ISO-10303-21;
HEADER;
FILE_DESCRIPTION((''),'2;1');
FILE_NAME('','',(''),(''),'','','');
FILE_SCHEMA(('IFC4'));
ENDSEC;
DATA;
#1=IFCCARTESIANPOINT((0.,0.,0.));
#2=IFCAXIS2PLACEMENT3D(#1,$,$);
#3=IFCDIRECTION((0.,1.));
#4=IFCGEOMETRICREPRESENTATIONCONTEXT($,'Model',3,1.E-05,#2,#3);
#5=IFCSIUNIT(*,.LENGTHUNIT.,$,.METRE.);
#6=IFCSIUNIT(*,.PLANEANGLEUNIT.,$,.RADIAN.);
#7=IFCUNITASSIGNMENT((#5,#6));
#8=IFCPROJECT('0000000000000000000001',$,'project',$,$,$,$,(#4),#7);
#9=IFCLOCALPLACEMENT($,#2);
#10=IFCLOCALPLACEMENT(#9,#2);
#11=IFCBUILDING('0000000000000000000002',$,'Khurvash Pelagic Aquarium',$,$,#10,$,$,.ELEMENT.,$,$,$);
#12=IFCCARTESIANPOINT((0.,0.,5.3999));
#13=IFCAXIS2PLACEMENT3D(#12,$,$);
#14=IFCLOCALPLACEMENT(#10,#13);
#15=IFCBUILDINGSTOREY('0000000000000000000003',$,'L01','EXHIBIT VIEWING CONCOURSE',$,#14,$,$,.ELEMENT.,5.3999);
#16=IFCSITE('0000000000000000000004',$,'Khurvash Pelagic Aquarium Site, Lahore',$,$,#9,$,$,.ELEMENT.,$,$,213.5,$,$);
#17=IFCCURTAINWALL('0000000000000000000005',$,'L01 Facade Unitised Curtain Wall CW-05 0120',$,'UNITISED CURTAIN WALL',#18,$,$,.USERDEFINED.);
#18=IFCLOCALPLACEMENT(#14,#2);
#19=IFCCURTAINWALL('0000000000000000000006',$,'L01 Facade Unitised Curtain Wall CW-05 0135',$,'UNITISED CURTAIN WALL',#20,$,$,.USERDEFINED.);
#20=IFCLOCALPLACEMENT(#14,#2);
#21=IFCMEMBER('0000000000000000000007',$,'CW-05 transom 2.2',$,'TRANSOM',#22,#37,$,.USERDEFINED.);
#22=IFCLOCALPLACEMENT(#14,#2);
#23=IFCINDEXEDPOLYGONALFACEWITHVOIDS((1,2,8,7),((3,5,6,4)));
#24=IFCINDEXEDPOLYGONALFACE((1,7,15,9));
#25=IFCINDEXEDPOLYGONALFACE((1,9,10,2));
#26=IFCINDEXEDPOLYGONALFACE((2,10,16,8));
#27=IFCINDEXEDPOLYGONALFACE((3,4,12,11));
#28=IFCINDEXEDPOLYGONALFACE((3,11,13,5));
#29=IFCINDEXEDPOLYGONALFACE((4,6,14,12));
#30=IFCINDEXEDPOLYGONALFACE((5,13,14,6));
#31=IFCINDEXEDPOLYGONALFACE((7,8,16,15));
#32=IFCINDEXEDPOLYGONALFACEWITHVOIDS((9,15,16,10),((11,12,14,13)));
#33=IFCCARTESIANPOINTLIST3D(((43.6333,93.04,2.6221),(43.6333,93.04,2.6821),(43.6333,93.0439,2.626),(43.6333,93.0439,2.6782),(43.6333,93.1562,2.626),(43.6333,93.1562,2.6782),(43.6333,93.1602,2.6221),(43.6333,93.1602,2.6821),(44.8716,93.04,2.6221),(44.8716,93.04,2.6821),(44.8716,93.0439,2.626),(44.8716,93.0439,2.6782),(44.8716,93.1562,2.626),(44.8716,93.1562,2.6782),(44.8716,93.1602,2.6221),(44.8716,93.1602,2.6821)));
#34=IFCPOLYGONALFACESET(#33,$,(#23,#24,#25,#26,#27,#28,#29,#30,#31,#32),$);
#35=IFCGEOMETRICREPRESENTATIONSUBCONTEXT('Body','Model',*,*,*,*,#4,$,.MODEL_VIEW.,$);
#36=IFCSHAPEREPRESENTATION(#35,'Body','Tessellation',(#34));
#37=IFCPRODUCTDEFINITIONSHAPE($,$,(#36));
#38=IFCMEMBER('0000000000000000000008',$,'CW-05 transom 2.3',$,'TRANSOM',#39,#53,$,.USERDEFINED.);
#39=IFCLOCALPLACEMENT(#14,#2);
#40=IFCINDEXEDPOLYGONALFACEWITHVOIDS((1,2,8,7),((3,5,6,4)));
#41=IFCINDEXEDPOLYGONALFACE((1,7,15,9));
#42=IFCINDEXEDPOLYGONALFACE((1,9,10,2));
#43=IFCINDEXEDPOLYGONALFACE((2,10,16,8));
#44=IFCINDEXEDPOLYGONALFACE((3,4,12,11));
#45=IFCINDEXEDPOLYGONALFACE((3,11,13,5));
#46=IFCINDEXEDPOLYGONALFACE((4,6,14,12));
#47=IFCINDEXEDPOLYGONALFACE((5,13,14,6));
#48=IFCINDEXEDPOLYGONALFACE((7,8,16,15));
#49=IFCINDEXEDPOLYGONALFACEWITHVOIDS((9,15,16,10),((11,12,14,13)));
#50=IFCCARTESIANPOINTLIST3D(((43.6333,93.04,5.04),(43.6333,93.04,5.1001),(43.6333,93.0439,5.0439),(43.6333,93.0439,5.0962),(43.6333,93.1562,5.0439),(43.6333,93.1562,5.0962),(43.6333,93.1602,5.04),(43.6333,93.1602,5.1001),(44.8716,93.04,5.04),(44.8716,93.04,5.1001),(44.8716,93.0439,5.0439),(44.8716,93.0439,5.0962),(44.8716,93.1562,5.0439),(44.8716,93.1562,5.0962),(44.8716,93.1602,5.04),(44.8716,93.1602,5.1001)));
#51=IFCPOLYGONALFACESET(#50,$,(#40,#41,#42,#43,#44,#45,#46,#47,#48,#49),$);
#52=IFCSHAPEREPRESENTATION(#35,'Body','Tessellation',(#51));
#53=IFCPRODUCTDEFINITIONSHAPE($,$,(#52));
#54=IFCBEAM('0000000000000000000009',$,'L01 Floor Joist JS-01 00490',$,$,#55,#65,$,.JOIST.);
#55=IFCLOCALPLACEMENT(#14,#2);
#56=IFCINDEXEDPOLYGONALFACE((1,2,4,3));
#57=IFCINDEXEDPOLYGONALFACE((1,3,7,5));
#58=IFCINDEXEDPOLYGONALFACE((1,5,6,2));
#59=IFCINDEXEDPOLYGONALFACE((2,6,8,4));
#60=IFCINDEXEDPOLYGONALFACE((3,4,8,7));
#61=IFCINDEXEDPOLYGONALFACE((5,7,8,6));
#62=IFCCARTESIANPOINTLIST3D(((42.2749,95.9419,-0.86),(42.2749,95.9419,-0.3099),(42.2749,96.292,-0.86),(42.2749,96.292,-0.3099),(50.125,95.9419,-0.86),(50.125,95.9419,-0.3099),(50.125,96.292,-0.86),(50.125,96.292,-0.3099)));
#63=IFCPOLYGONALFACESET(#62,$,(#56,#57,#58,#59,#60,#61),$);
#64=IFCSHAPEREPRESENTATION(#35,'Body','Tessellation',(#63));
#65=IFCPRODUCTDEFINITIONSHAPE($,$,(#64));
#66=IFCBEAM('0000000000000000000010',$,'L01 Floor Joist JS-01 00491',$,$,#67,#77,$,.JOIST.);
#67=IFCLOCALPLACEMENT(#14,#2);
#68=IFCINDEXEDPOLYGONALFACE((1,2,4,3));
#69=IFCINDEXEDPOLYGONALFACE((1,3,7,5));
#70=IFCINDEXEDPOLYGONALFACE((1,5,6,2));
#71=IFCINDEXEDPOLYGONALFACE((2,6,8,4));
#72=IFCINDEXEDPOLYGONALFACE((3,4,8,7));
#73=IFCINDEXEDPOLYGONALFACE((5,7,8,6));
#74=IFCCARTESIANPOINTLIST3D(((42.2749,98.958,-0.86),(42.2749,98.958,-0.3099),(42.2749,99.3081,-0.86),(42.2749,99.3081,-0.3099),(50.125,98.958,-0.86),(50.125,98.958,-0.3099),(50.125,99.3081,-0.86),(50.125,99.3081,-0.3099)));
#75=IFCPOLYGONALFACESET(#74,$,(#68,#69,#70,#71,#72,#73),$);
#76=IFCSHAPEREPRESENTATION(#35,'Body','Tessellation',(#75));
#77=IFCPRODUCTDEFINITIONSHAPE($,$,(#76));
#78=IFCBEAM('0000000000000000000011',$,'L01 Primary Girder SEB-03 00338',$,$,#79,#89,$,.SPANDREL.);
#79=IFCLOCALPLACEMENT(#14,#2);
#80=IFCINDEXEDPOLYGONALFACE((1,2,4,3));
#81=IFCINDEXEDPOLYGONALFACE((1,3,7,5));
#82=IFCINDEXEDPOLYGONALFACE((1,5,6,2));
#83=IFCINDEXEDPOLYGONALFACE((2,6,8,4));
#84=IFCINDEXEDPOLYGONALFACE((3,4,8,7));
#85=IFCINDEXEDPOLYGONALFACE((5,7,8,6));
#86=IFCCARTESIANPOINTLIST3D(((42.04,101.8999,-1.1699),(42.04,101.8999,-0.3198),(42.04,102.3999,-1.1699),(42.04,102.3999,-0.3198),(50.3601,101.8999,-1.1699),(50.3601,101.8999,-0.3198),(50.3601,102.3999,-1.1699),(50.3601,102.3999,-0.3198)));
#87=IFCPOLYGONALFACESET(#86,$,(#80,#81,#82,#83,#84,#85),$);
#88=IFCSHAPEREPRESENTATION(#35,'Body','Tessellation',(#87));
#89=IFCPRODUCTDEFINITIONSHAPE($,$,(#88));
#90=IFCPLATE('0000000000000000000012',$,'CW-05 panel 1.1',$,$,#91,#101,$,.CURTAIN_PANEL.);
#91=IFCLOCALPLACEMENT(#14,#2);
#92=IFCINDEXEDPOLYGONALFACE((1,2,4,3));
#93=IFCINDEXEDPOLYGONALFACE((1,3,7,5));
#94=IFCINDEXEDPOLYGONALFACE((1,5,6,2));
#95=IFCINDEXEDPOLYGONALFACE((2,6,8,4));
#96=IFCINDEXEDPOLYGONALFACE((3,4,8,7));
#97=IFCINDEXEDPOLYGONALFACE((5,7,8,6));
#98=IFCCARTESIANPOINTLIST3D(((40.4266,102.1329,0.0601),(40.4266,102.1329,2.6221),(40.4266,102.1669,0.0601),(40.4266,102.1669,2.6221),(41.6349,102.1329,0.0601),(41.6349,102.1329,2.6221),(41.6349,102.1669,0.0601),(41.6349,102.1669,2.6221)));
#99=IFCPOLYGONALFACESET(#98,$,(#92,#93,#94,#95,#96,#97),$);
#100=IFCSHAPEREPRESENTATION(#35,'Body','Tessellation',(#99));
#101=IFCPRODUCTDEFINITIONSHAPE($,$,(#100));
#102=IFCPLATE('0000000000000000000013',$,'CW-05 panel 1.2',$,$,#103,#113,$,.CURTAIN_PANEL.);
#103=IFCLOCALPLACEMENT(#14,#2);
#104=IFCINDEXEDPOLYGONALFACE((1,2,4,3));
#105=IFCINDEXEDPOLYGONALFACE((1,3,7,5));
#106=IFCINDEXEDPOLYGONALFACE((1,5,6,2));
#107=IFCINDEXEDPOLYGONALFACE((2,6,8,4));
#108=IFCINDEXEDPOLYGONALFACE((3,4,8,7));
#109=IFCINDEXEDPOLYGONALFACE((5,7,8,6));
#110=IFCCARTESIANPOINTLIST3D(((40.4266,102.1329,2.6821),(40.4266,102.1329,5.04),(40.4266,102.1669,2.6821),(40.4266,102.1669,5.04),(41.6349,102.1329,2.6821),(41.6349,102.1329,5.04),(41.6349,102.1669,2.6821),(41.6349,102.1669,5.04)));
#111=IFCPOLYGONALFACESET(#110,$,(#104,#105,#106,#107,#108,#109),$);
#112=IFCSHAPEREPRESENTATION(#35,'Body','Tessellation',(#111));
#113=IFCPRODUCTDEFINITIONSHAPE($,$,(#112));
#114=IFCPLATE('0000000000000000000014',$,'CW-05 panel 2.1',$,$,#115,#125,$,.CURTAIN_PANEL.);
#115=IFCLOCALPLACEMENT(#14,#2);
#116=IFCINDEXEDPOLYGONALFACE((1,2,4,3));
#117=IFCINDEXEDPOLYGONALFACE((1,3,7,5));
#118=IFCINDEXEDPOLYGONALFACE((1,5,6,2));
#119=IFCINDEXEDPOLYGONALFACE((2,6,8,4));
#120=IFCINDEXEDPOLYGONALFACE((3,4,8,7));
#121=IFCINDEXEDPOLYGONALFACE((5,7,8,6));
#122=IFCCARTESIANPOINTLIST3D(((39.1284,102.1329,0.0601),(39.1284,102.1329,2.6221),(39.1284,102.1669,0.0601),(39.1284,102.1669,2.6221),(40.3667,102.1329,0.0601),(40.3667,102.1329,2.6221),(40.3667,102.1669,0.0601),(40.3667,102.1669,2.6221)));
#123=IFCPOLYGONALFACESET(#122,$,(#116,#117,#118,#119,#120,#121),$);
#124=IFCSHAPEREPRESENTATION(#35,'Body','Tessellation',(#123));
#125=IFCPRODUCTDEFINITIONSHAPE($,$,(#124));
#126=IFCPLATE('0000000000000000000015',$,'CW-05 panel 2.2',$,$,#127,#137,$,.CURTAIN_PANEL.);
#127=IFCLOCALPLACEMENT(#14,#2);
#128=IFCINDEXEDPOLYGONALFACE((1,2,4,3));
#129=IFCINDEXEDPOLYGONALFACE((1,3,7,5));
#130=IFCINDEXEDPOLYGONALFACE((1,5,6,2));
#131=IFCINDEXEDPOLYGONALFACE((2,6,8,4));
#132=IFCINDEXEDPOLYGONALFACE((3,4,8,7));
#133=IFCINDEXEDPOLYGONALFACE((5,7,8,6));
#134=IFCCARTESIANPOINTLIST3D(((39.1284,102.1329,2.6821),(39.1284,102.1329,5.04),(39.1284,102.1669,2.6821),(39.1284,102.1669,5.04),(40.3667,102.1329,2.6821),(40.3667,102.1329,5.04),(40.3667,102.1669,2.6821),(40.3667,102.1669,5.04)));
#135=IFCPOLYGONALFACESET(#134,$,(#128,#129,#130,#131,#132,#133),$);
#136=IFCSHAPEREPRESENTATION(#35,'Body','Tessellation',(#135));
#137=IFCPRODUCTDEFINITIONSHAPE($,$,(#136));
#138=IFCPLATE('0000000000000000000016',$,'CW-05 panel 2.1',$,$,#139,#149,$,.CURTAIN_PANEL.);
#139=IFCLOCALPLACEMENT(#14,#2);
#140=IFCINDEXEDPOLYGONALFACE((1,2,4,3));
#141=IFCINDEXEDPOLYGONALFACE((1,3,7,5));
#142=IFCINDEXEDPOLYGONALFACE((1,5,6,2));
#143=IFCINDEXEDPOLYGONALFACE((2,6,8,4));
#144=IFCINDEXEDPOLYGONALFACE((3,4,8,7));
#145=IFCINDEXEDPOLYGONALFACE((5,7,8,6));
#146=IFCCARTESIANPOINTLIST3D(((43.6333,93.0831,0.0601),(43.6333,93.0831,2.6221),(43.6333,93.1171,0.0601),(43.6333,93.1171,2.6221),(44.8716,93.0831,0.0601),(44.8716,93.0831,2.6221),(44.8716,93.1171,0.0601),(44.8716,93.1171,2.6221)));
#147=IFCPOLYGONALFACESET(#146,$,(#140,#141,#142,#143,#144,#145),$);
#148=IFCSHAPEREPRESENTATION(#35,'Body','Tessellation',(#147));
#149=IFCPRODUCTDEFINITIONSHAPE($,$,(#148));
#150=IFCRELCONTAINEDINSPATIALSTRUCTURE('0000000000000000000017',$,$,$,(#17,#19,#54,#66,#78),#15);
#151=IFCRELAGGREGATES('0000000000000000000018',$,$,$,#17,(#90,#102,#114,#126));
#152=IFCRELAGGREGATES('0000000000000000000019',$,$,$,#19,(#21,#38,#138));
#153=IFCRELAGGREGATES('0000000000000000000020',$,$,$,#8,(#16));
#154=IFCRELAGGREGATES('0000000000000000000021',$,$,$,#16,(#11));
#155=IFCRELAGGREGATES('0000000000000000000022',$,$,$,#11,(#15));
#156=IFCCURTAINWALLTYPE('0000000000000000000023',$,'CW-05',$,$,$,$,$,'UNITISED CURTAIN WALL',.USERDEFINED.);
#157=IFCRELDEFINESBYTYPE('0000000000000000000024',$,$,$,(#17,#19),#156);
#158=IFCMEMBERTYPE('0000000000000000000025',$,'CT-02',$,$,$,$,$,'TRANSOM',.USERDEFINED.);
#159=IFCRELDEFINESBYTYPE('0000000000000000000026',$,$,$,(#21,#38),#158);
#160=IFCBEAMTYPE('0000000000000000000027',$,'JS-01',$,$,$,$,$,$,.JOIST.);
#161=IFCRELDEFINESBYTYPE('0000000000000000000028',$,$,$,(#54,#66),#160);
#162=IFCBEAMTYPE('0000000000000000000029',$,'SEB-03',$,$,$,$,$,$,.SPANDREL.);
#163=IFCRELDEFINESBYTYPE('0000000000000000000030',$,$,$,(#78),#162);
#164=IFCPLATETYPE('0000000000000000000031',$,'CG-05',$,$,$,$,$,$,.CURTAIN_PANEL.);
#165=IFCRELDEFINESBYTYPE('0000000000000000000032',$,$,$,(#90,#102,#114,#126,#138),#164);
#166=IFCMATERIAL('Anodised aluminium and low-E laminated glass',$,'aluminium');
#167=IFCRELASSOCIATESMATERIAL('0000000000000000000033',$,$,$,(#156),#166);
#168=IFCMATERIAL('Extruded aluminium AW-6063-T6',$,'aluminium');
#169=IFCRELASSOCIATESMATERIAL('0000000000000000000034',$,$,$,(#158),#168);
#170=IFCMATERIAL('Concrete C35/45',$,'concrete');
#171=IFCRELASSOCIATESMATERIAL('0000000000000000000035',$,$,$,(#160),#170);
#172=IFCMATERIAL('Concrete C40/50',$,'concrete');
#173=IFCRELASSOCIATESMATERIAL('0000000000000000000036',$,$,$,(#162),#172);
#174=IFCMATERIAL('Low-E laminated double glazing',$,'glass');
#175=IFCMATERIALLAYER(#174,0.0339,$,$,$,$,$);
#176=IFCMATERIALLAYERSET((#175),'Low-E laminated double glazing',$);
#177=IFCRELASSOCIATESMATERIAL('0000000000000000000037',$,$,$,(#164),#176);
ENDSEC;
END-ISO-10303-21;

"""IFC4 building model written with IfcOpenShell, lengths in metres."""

from ifc_helpers import new_model, si_unit, direction, frame, origin, origin_2d, place, context, subcontext, project, spatial, rectangle, hollow_rectangle, extrude, material, layer, layer_set, material_profile, profile_set, type_object, element, aggregate, save


model = new_model("IFC4")

# Units and contexts
model_context = context("Model", 3, precision=1e-05, world=origin(), true_north=direction((0.0, 1.0)))
body_context = subcontext(model_context, "Body", "Model", "MODEL_VIEW")
ifc_project = project(units=[si_unit("LENGTHUNIT", "METRE"), si_unit("PLANEANGLEUNIT", "RADIAN")], contexts=[model_context])

# Site, building, storey
site_placement = place(None, origin())
site = spatial("IfcSite", under=ifc_project, at=site_placement, Name="Khurvash Pelagic Aquarium Site, Lahore", CompositionType="ELEMENT", RefElevation=213.5)
building_placement = place(site_placement, origin())
building = spatial("IfcBuilding", under=site, at=building_placement, Name="Khurvash Pelagic Aquarium", CompositionType="ELEMENT")
storey_placement = place(building_placement, frame((0.0, 0.0, 5.3999)))
storey = spatial("IfcBuildingStorey", under=building, at=storey_placement, Name="L01", Description="EXHIBIT VIEWING CONCOURSE", CompositionType="ELEMENT", Elevation=5.3999)

# Shared definitions
ifc_material_1 = material(Name="Concrete C40/50", Category="concrete")

# Curtain walls, members
ifc_material_2 = material(Name="Anodised aluminium and low-E laminated glass", Category="aluminium")
curtain_wall_type = type_object("IfcCurtainWallType", Name="CW-05", ElementType="UNITISED CURTAIN WALL", PredefinedType="USERDEFINED", material=ifc_material_2)
curtain_wall_1_placement = place(storey_placement, origin())
curtain_wall_1 = element("IfcCurtainWall", 1, at=curtain_wall_1_placement, inside=storey, type_object=curtain_wall_type, Name="L01 Facade Unitised Curtain Wall CW-05 0120", ObjectType="UNITISED CURTAIN WALL", PredefinedType="USERDEFINED")
ifc_material_3 = material(Name="Extruded aluminium AW-6063-T6", Category="aluminium")
ifc_material_profile_1 = material_profile(ifc_material_3, hollow_rectangle(XDim=0.1201, YDim=0.0601, WallThickness=0.0039, at=origin_2d()), Name="CWT120X60X4")
ifc_profile_set_1 = profile_set([ifc_material_profile_1], Name="Extruded aluminium AW-6063-T6")
member_type_1 = type_object("IfcMemberType", Name="CT-02", ElementType="TRANSOM", PredefinedType="USERDEFINED", material=ifc_profile_set_1)
curtain_wall_2_placement = place(storey_placement, origin())
curtain_wall_2 = element("IfcCurtainWall", 2, at=curtain_wall_2_placement, inside=storey, type_object=curtain_wall_type, Name="L01 Facade Unitised Curtain Wall CW-05 0135", ObjectType="UNITISED CURTAIN WALL", PredefinedType="USERDEFINED")
member_1_placement = place(storey_placement, frame((43.6333, 93.1001, 2.6521), z_axis=(1.0, 0.0, 0.0), x_axis=(0.0, 1.0, 0.0)))
member_1 = element("IfcMember", 3, at=member_1_placement, type_object=member_type_1, Name="CW-05 transom 2.2", ObjectType="TRANSOM", PredefinedType="USERDEFINED", context=body_context, shape_type="SweptSolid", body=[
    extrude(hollow_rectangle(XDim=0.1201, YDim=0.0601, WallThickness=0.0039, at=origin_2d()), origin(), (0.0, 0.0, 1.0), 1.2383),
])
member_2_placement = place(storey_placement, frame((43.6333, 93.1001, 5.0701), z_axis=(1.0, 0.0, 0.0), x_axis=(0.0, 1.0, 0.0)))
member_2 = element("IfcMember", 4, at=member_2_placement, type_object=member_type_1, Name="CW-05 transom 2.3", ObjectType="TRANSOM", PredefinedType="USERDEFINED", context=body_context, shape_type="SweptSolid", body=[
    extrude(hollow_rectangle(XDim=0.1201, YDim=0.0601, WallThickness=0.0039, at=origin_2d()), origin(), (0.0, 0.0, 1.0), 1.2383),
])

# Beams
ifc_material_4 = material(Name="Concrete C35/45", Category="concrete")
ifc_material_profile_2 = material_profile(ifc_material_4, rectangle(XDim=0.3501, YDim=0.55, at=origin_2d()), Name="RC350X550")
ifc_profile_set_2 = profile_set([ifc_material_profile_2], Name="Concrete C35/45")
beam_type_1 = type_object("IfcBeamType", Name="JS-01", PredefinedType="JOIST", material=ifc_profile_set_2)
for number, where, z_axis, x_axis, name in (
    (5, (42.2749, 96.1169, -0.585), (1.0, 0.0, 0.0), (0.0, 1.0, 0.0), "L01 Floor Joist JS-01 00490"),
    (6, (42.2749, 99.1331, -0.585), (1.0, 0.0, 0.0), (0.0, 1.0, 0.0), "L01 Floor Joist JS-01 00491"),
):
    element("IfcBeam", number, at=place(storey_placement, frame(where, z_axis=z_axis, x_axis=x_axis)), inside=storey, type_object=beam_type_1, Name=name, PredefinedType="JOIST", context=body_context, shape_type="SweptSolid", body=[
        extrude(rectangle(XDim=0.3501, YDim=0.55, at=origin_2d()), origin(), (0.0, 0.0, 1.0), 7.8501),
    ])
ifc_material_profile_3 = material_profile(ifc_material_1, rectangle(XDim=0.5, YDim=0.8501, at=origin_2d()), Name="RC500X850")
ifc_profile_set_3 = profile_set([ifc_material_profile_3], Name="Concrete C40/50")
beam_type_2 = type_object("IfcBeamType", Name="SEB-03", PredefinedType="SPANDREL", material=ifc_profile_set_3)
beam_1_placement = place(storey_placement, frame((42.04, 102.1499, -0.7449), z_axis=(1.0, 0.0, 0.0), x_axis=(0.0, 1.0, 0.0)))
element("IfcBeam", 7, at=beam_1_placement, inside=storey, type_object=beam_type_2, Name="L01 Primary Girder SEB-03 00338", PredefinedType="SPANDREL", context=body_context, shape_type="SweptSolid", body=[
    extrude(rectangle(XDim=0.5, YDim=0.8501, at=origin_2d()), origin(), (0.0, 0.0, 1.0), 8.3201),
])

# Plates
ifc_material_5 = material(Name="Low-E laminated double glazing", Category="glass")
ifc_layer = layer(ifc_material_5, 0.0339)
ifc_layer_set = layer_set([ifc_layer], Name="Low-E laminated double glazing")
plate_type = type_object("IfcPlateType", Name="CG-05", PredefinedType="CURTAIN_PANEL", material=ifc_layer_set)
plate_1_placement = place(storey_placement, frame((41.0308, 102.1499, 0.0601), z_axis=(0.0, 0.0, 1.0), x_axis=(-1.0, 0.0, 0.0)))
plate_1 = element("IfcPlate", 8, at=plate_1_placement, type_object=plate_type, Name="CW-05 panel 1.1", PredefinedType="CURTAIN_PANEL", context=body_context, shape_type="SweptSolid", body=[
    extrude(rectangle(XDim=1.2083, YDim=0.0339, at=origin_2d()), origin(), (0.0, 0.0, 1.0), 2.562),
])
plate_2_placement = place(storey_placement, frame((41.0308, 102.1499, 2.6821), z_axis=(0.0, 0.0, 1.0), x_axis=(-1.0, 0.0, 0.0)))
plate_2 = element("IfcPlate", 9, at=plate_2_placement, type_object=plate_type, Name="CW-05 panel 1.2", PredefinedType="CURTAIN_PANEL", context=body_context, shape_type="SweptSolid", body=[
    extrude(rectangle(XDim=1.2083, YDim=0.0339, at=origin_2d()), origin(), (0.0, 0.0, 1.0), 2.3579),
])
plate_3_placement = place(storey_placement, frame((39.7476, 102.1499, 0.0601), z_axis=(0.0, 0.0, 1.0), x_axis=(-1.0, 0.0, 0.0)))
plate_3 = element("IfcPlate", 10, at=plate_3_placement, type_object=plate_type, Name="CW-05 panel 2.1", PredefinedType="CURTAIN_PANEL", context=body_context, shape_type="SweptSolid", body=[
    extrude(rectangle(XDim=1.2383, YDim=0.0339, at=origin_2d()), origin(), (0.0, 0.0, 1.0), 2.562),
])
plate_4_placement = place(storey_placement, frame((39.7476, 102.1499, 2.6821), z_axis=(0.0, 0.0, 1.0), x_axis=(-1.0, 0.0, 0.0)))
plate_4 = element("IfcPlate", 11, at=plate_4_placement, type_object=plate_type, Name="CW-05 panel 2.2", PredefinedType="CURTAIN_PANEL", context=body_context, shape_type="SweptSolid", body=[
    extrude(rectangle(XDim=1.2383, YDim=0.0339, at=origin_2d()), origin(), (0.0, 0.0, 1.0), 2.3579),
])
aggregate(curtain_wall_1, [plate_1, plate_2, plate_3, plate_4])
plate_5_placement = place(storey_placement, frame((44.2524, 93.1001, 0.0601), z_axis=(0.0, 0.0, 1.0), x_axis=(1.0, 0.0, 0.0)))
plate_5 = element("IfcPlate", 12, at=plate_5_placement, type_object=plate_type, Name="CW-05 panel 2.1", PredefinedType="CURTAIN_PANEL", context=body_context, shape_type="SweptSolid", body=[
    extrude(rectangle(XDim=1.2383, YDim=0.0339, at=origin_2d()), origin(), (0.0, 0.0, 1.0), 2.562),
])
aggregate(curtain_wall_2, [member_1, member_2, plate_5])

save(model, "model.ifc")
